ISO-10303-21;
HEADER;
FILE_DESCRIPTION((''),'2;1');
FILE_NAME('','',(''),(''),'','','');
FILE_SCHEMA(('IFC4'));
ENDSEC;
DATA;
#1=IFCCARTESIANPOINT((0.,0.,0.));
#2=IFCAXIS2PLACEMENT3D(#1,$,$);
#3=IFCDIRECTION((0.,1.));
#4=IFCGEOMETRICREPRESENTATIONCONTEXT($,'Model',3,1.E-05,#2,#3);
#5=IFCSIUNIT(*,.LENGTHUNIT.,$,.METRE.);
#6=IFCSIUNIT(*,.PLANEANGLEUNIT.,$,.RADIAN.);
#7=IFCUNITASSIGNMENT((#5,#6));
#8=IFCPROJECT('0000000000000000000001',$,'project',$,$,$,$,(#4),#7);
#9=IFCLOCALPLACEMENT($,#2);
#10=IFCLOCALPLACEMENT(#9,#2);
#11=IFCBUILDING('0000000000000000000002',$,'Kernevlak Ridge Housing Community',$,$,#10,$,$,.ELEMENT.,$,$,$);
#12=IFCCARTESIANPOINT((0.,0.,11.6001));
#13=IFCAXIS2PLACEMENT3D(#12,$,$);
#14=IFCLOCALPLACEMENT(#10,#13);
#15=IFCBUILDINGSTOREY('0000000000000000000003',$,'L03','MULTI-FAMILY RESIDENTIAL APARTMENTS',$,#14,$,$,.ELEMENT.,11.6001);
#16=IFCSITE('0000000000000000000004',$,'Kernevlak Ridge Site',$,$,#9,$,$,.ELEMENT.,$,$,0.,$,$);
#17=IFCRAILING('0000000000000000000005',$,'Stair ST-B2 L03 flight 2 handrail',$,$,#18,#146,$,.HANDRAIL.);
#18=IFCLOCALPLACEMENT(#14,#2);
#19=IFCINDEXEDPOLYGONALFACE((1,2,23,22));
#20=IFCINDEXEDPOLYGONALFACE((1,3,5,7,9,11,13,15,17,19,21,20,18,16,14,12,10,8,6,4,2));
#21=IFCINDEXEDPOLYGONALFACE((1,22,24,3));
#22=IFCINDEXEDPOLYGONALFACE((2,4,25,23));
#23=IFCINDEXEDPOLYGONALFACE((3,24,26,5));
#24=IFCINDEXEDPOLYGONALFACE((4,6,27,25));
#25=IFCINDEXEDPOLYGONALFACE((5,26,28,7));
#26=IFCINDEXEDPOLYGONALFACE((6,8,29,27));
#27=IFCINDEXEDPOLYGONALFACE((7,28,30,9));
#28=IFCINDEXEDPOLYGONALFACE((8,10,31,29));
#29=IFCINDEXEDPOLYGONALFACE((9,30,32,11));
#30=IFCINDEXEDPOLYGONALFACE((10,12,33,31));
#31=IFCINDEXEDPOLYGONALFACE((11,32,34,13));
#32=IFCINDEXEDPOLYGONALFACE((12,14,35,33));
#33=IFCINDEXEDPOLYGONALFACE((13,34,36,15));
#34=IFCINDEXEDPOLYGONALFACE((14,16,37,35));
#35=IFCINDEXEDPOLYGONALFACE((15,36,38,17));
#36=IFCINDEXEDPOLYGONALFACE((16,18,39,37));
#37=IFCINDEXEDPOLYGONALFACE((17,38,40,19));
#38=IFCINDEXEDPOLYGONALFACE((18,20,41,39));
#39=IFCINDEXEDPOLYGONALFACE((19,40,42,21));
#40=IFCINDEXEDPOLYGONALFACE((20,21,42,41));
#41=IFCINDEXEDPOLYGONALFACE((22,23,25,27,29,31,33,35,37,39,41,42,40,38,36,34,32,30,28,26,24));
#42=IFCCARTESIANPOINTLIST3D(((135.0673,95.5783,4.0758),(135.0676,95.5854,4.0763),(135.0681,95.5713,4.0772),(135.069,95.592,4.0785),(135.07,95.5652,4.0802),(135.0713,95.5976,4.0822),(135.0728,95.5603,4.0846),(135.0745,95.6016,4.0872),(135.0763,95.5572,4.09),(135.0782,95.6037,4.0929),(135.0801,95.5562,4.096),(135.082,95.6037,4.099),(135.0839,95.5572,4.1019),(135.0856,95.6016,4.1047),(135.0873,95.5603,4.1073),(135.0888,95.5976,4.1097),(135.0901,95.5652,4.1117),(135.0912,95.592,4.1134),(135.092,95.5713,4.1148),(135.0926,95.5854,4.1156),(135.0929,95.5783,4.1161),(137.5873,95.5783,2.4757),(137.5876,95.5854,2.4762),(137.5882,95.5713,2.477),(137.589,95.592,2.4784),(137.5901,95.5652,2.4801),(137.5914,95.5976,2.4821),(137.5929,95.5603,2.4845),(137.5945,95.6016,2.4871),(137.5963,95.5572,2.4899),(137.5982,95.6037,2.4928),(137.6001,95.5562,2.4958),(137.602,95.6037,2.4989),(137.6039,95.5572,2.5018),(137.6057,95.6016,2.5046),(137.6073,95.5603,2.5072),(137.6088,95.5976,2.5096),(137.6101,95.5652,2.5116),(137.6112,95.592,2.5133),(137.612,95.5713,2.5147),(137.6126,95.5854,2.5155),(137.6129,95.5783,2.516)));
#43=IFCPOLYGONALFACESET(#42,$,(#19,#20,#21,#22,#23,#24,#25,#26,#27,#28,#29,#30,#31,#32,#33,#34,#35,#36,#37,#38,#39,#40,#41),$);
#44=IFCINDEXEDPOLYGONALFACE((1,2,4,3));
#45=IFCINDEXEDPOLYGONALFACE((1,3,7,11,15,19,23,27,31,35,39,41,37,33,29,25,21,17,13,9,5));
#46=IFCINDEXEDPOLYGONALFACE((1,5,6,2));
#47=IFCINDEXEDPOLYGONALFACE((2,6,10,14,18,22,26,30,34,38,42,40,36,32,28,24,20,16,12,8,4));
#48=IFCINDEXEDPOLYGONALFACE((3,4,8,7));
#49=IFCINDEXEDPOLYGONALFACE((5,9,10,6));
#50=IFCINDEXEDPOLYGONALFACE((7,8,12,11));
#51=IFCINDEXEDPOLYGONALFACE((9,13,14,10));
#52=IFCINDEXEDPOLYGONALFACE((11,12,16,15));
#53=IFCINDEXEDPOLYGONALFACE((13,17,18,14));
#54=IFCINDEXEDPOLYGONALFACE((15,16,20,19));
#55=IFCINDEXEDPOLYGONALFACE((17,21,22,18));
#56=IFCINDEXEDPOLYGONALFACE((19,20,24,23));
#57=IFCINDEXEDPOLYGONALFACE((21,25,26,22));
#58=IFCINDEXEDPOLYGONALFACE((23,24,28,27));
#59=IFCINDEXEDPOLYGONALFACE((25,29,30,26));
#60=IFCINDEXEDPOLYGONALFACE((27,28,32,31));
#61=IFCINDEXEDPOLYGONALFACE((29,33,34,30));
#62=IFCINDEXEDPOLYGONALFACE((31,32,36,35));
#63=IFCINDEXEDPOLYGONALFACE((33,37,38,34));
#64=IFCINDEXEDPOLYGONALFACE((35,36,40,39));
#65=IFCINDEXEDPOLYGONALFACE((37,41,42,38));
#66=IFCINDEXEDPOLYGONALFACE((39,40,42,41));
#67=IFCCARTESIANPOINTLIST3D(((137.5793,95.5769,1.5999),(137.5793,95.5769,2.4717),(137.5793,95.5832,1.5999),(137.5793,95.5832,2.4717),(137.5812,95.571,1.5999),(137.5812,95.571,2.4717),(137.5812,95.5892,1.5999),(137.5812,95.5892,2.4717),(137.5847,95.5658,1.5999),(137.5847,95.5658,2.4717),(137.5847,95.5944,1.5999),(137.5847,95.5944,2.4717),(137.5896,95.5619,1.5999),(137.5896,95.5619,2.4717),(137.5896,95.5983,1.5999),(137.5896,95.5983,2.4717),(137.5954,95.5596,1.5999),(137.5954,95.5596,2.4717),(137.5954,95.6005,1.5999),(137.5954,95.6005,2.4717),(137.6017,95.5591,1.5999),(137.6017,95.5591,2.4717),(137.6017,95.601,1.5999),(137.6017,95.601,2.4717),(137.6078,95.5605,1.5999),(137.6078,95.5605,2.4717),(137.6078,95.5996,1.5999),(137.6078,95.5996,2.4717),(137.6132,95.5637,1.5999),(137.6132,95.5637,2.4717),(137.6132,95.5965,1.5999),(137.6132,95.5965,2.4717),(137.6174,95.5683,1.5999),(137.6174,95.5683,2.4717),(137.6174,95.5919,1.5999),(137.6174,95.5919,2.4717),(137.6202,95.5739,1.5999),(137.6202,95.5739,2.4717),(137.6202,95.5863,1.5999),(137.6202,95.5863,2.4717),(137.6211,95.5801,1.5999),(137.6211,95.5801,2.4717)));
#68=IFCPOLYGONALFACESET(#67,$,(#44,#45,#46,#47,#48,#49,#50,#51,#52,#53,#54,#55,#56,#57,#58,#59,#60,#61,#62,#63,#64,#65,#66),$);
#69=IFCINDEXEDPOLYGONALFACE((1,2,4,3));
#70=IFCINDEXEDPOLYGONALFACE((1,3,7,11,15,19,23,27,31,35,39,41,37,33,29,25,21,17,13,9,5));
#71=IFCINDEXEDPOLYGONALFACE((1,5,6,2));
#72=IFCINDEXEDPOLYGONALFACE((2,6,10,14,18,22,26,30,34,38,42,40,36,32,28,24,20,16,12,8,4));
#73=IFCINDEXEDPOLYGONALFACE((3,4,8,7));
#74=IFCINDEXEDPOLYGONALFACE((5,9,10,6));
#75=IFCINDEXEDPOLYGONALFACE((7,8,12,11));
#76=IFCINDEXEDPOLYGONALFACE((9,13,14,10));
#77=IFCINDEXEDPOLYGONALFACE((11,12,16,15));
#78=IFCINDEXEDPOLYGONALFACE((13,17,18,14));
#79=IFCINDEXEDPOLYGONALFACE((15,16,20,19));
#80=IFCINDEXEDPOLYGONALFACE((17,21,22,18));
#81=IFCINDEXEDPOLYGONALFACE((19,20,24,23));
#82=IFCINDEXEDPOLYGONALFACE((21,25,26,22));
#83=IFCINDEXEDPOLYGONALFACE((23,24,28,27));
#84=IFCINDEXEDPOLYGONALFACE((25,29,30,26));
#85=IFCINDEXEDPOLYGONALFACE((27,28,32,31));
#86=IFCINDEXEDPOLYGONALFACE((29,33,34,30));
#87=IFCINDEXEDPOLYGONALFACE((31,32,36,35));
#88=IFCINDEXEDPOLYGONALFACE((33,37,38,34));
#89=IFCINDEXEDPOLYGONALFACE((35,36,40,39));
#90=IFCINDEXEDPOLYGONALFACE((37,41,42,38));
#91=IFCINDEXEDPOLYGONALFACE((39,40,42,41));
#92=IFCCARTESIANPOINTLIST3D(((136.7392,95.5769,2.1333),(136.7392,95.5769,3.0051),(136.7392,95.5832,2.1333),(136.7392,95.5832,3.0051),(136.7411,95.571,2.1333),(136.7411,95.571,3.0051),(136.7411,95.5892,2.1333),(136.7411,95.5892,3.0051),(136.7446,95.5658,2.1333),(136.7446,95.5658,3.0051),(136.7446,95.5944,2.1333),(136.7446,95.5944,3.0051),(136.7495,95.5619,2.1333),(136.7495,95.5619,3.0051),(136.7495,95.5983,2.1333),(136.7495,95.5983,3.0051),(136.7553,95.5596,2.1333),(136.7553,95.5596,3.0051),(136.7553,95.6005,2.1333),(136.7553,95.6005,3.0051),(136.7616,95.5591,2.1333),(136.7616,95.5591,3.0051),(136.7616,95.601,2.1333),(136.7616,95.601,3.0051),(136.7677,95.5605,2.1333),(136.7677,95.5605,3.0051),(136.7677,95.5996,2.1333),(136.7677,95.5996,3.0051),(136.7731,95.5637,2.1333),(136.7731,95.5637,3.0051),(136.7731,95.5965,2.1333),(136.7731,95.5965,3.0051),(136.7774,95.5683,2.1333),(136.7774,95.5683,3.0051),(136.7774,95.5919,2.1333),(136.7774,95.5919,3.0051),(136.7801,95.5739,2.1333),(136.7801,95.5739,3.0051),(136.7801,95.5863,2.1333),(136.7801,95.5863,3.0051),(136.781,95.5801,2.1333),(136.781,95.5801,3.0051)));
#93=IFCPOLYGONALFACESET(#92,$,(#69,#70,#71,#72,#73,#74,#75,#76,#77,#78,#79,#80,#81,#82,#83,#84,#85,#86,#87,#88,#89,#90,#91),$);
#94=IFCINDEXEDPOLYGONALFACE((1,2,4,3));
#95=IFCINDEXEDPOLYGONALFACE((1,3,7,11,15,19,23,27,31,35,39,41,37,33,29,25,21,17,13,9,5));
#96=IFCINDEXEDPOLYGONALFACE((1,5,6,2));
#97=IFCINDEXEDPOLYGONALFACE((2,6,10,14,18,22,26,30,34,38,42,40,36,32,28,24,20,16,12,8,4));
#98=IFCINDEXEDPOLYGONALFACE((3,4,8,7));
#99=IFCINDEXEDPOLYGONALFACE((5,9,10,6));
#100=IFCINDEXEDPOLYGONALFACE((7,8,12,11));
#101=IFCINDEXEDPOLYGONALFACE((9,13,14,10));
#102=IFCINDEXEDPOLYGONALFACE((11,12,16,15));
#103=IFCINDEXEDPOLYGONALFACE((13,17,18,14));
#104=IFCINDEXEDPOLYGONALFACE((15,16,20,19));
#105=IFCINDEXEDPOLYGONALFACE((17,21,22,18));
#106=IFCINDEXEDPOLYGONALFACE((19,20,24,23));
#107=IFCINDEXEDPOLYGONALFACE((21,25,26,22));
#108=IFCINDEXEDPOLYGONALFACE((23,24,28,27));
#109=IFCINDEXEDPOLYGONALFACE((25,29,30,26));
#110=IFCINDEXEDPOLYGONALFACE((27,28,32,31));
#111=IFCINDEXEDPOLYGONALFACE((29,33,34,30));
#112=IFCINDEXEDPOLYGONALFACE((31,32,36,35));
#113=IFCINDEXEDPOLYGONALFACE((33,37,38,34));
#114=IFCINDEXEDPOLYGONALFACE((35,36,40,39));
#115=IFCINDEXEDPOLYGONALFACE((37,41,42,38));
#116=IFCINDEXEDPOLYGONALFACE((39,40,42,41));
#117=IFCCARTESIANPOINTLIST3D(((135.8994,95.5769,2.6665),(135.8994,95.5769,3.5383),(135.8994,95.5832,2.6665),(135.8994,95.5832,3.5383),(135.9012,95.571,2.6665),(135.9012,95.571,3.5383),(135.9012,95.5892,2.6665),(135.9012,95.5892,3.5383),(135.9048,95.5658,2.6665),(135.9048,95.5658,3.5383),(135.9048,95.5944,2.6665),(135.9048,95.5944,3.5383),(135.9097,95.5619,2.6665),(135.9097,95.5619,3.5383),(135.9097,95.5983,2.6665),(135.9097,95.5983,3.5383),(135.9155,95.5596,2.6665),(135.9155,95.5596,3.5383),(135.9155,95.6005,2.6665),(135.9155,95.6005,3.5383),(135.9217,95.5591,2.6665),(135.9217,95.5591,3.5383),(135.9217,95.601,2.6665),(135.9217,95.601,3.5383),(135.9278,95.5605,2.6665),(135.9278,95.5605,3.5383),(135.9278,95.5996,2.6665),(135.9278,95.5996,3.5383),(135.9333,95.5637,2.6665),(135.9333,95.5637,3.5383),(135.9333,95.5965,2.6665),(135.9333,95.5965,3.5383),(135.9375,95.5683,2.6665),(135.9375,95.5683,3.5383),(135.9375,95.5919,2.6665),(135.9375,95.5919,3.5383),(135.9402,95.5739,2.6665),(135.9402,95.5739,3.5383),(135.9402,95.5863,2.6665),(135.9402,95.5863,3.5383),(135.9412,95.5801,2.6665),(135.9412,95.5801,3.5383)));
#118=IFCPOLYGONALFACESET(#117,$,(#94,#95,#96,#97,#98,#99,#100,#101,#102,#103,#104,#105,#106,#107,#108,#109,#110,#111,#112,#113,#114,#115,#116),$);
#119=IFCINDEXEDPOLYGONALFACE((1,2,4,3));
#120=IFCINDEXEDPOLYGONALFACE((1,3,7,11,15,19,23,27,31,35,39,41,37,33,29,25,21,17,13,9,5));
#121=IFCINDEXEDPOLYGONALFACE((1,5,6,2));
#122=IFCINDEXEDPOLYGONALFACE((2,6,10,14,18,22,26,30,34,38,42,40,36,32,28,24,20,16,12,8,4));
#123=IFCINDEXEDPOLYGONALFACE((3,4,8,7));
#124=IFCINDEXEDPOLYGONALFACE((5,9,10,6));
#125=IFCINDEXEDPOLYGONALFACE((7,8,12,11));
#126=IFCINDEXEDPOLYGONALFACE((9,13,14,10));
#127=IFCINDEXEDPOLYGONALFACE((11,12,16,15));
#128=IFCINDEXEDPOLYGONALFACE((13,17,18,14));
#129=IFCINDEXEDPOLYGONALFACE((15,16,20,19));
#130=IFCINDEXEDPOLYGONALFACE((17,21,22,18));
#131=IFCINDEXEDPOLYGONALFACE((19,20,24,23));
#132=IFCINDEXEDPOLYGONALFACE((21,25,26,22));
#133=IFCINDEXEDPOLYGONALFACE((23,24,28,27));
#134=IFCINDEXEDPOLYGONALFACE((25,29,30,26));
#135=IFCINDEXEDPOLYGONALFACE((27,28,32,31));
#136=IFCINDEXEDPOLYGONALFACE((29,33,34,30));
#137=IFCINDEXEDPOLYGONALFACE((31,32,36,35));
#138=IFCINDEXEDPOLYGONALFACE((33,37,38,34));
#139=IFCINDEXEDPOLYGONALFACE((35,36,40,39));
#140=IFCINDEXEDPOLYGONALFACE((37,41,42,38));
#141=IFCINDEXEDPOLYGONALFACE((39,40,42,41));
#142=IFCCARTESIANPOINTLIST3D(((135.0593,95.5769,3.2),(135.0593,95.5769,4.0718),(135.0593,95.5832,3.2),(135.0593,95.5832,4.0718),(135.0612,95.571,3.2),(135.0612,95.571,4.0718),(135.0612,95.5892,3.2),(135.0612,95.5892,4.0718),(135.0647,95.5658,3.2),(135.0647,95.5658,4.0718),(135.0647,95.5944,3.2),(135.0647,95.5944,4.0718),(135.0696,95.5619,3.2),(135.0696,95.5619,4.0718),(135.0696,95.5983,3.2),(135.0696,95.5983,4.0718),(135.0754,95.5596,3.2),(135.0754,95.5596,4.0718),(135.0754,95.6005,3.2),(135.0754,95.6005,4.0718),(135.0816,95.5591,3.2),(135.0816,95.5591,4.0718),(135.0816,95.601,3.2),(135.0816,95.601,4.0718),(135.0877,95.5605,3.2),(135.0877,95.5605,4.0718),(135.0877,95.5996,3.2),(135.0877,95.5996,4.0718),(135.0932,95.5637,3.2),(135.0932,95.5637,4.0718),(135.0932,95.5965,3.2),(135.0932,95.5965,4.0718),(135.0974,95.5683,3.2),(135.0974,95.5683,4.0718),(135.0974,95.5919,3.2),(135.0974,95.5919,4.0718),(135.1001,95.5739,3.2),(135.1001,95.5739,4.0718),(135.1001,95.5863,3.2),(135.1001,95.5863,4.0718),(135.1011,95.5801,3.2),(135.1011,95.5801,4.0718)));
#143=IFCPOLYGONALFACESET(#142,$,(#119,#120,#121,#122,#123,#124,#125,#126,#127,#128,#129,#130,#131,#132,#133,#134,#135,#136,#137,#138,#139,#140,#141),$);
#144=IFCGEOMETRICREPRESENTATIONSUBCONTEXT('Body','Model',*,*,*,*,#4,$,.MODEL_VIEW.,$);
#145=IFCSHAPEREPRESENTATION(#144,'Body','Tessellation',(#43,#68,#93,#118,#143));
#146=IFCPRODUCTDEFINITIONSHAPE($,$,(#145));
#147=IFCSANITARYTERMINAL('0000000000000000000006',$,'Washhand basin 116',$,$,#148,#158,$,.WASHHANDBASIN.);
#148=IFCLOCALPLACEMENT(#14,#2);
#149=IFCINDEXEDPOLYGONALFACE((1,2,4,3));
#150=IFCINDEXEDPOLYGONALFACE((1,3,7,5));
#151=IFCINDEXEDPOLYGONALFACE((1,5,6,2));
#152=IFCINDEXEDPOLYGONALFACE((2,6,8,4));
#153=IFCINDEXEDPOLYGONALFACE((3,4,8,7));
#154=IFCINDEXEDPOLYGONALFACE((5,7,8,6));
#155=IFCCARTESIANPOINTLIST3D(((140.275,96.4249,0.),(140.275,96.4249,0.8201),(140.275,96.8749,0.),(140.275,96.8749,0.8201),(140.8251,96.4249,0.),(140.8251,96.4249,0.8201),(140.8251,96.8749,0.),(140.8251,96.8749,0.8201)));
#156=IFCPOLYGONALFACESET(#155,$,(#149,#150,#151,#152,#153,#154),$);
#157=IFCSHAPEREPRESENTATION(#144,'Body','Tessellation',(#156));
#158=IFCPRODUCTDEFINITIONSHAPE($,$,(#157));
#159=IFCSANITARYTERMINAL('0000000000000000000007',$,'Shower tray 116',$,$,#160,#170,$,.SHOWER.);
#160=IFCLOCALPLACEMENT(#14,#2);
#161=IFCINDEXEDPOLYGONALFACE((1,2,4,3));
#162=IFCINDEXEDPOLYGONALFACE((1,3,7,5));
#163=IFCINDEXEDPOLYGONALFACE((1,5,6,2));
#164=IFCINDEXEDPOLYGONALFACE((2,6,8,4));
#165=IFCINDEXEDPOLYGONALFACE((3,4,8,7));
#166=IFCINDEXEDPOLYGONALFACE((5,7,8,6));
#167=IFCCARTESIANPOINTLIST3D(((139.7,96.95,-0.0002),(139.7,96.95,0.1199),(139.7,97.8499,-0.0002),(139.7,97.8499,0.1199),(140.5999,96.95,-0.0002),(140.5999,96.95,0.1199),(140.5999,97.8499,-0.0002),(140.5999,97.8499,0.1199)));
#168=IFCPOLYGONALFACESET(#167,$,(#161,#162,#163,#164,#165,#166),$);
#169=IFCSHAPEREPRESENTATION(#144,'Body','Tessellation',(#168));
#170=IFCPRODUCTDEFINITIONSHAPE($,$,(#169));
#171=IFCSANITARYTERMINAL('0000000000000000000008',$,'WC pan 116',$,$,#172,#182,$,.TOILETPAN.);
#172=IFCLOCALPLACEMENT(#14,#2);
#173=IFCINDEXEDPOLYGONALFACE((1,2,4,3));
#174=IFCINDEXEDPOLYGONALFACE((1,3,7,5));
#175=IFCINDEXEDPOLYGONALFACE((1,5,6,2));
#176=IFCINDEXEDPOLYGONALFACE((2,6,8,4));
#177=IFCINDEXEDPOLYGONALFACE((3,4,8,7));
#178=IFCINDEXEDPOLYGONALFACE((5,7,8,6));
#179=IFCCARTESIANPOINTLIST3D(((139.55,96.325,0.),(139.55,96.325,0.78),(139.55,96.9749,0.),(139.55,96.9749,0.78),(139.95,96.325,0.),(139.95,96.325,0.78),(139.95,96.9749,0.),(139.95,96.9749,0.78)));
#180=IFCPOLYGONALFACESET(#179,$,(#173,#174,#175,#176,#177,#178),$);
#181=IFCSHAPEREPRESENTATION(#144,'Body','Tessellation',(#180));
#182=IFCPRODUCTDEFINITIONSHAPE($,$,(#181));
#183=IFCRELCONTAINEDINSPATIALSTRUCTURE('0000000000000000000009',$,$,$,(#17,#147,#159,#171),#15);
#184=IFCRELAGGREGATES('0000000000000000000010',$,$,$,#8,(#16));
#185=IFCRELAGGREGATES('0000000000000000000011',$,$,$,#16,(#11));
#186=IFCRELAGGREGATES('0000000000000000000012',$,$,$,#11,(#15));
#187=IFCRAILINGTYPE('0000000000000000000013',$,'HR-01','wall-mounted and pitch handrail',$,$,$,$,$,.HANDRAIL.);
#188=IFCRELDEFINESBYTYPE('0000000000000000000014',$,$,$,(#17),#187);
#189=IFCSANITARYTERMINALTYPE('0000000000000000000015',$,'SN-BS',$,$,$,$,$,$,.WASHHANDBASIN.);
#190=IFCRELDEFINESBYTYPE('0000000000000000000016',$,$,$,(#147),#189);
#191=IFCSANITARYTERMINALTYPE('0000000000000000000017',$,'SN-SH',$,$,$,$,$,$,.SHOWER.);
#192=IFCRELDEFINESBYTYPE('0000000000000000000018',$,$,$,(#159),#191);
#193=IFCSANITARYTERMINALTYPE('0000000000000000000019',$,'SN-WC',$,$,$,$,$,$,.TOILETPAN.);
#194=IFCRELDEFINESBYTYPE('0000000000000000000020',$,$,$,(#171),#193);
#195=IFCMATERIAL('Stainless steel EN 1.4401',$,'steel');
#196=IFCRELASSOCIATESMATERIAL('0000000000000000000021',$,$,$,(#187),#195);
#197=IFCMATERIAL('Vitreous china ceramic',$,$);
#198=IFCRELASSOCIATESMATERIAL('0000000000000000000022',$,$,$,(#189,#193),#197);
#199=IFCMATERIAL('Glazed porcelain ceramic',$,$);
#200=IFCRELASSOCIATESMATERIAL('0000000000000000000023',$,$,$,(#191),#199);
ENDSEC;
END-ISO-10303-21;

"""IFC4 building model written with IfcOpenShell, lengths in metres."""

from ifc_helpers import new_model, si_unit, direction, frame, origin, origin_2d, place, context, subcontext, project, spatial, rectangle, circle, extrude, material, type_object, element, save


model = new_model("IFC4")

# Units and contexts
model_context = context("Model", 3, precision=1e-05, world=origin(), true_north=direction((0.0, 1.0)))
body_context = subcontext(model_context, "Body", "Model", "MODEL_VIEW")
ifc_project = project(units=[si_unit("LENGTHUNIT", "METRE"), si_unit("PLANEANGLEUNIT", "RADIAN")], contexts=[model_context])

# Site, building, storey
site_placement = place(None, origin())
site = spatial("IfcSite", under=ifc_project, at=site_placement, Name="Kernevlak Ridge Site", CompositionType="ELEMENT", RefElevation=0.0)
building_placement = place(site_placement, origin())
building = spatial("IfcBuilding", under=site, at=building_placement, Name="Kernevlak Ridge Housing Community", CompositionType="ELEMENT")
storey_placement = place(building_placement, frame((0.0, 0.0, 11.6001)))
storey = spatial("IfcBuildingStorey", under=building, at=storey_placement, Name="L03", Description="MULTI-FAMILY RESIDENTIAL APARTMENTS", CompositionType="ELEMENT", Elevation=11.6001)

# Railing
ifc_material_1 = material(Name="Stainless steel EN 1.4401", Category="steel")
railing_type_1 = type_object("IfcRailingType", Name="HR-01", Description="wall-mounted and pitch handrail", PredefinedType="HANDRAIL", material=ifc_material_1)
railing_1_placement = place(storey_placement, frame((137.6001, 95.5801, 1.5999)))
element("IfcRailing", 1, at=railing_1_placement, inside=storey, type_object=railing_type_1, Name="Stair ST-B2 L03 flight 2 handrail", PredefinedType="HANDRAIL", context=body_context, shape_type="SweptSolid", body=[
    extrude(circle(Radius=0.0239, at=origin_2d()), frame((0.0, 0.0, 0.896), z_axis=(-0.8442, 0.0, 0.536028), x_axis=(0.0, -1.0, 0.0)), (0.0, 0.0, 1.0), 2.9851),
    extrude(circle(Radius=0.021, at=origin_2d()), origin(), (0.0, 0.0, 1.0), 0.8718),
    extrude(circle(Radius=0.021, at=origin_2d()), frame((-0.8401, 0.0, 0.5334)), (0.0, 0.0, 1.0), 0.8718),
    extrude(circle(Radius=0.021, at=origin_2d()), frame((-1.6799, 0.0, 1.0667)), (0.0, 0.0, 1.0), 0.8718),
    extrude(circle(Radius=0.021, at=origin_2d()), frame((-2.52, 0.0, 1.6001)), (0.0, 0.0, 1.0), 0.8718),
])

# Sanitary terminals
ifc_material_2 = material(Name="Vitreous china ceramic")
sanitary_terminal_type_1 = type_object("IfcSanitaryTerminalType", Name="SN-BS", PredefinedType="WASHHANDBASIN", material=ifc_material_2)
sanitary_terminal_1_placement = place(storey_placement, frame((140.55, 96.6499, 0.0), z_axis=(0.0, 0.0, 1.0), x_axis=(1.0, 0.0, 0.0)))
element("IfcSanitaryTerminal", 2, at=sanitary_terminal_1_placement, inside=storey, type_object=sanitary_terminal_type_1, Name="Washhand basin 116", PredefinedType="WASHHANDBASIN", context=body_context, shape_type="SweptSolid", body=[
    extrude(rectangle(XDim=0.55, YDim=0.45, at=origin_2d()), origin(), (0.0, 0.0, 1.0), 0.8201),
])
ifc_material_3 = material(Name="Glazed porcelain ceramic")
sanitary_terminal_type_2 = type_object("IfcSanitaryTerminalType", Name="SN-SH", PredefinedType="SHOWER", material=ifc_material_3)
sanitary_terminal_2_placement = place(storey_placement, frame((140.1499, 97.3999, -0.0002), z_axis=(0.0, 0.0, 1.0), x_axis=(1.0, 0.0, 0.0)))
element("IfcSanitaryTerminal", 3, at=sanitary_terminal_2_placement, inside=storey, type_object=sanitary_terminal_type_2, Name="Shower tray 116", PredefinedType="SHOWER", context=body_context, shape_type="SweptSolid", body=[
    extrude(rectangle(XDim=0.8999, YDim=0.8999, at=origin_2d()), origin(), (0.0, 0.0, 1.0), 0.1201),
])
sanitary_terminal_type_3 = type_object("IfcSanitaryTerminalType", Name="SN-WC", PredefinedType="TOILETPAN", material=ifc_material_2)
sanitary_terminal_3_placement = place(storey_placement, frame((139.75, 96.6499, 0.0), z_axis=(0.0, 0.0, 1.0), x_axis=(1.0, 0.0, 0.0)))
element("IfcSanitaryTerminal", 4, at=sanitary_terminal_3_placement, inside=storey, type_object=sanitary_terminal_type_3, Name="WC pan 116", PredefinedType="TOILETPAN", context=body_context, shape_type="SweptSolid", body=[
    extrude(rectangle(XDim=0.3999, YDim=0.6499, at=origin_2d()), origin(), (0.0, 0.0, 1.0), 0.78),
])

save(model, "model.ifc")
